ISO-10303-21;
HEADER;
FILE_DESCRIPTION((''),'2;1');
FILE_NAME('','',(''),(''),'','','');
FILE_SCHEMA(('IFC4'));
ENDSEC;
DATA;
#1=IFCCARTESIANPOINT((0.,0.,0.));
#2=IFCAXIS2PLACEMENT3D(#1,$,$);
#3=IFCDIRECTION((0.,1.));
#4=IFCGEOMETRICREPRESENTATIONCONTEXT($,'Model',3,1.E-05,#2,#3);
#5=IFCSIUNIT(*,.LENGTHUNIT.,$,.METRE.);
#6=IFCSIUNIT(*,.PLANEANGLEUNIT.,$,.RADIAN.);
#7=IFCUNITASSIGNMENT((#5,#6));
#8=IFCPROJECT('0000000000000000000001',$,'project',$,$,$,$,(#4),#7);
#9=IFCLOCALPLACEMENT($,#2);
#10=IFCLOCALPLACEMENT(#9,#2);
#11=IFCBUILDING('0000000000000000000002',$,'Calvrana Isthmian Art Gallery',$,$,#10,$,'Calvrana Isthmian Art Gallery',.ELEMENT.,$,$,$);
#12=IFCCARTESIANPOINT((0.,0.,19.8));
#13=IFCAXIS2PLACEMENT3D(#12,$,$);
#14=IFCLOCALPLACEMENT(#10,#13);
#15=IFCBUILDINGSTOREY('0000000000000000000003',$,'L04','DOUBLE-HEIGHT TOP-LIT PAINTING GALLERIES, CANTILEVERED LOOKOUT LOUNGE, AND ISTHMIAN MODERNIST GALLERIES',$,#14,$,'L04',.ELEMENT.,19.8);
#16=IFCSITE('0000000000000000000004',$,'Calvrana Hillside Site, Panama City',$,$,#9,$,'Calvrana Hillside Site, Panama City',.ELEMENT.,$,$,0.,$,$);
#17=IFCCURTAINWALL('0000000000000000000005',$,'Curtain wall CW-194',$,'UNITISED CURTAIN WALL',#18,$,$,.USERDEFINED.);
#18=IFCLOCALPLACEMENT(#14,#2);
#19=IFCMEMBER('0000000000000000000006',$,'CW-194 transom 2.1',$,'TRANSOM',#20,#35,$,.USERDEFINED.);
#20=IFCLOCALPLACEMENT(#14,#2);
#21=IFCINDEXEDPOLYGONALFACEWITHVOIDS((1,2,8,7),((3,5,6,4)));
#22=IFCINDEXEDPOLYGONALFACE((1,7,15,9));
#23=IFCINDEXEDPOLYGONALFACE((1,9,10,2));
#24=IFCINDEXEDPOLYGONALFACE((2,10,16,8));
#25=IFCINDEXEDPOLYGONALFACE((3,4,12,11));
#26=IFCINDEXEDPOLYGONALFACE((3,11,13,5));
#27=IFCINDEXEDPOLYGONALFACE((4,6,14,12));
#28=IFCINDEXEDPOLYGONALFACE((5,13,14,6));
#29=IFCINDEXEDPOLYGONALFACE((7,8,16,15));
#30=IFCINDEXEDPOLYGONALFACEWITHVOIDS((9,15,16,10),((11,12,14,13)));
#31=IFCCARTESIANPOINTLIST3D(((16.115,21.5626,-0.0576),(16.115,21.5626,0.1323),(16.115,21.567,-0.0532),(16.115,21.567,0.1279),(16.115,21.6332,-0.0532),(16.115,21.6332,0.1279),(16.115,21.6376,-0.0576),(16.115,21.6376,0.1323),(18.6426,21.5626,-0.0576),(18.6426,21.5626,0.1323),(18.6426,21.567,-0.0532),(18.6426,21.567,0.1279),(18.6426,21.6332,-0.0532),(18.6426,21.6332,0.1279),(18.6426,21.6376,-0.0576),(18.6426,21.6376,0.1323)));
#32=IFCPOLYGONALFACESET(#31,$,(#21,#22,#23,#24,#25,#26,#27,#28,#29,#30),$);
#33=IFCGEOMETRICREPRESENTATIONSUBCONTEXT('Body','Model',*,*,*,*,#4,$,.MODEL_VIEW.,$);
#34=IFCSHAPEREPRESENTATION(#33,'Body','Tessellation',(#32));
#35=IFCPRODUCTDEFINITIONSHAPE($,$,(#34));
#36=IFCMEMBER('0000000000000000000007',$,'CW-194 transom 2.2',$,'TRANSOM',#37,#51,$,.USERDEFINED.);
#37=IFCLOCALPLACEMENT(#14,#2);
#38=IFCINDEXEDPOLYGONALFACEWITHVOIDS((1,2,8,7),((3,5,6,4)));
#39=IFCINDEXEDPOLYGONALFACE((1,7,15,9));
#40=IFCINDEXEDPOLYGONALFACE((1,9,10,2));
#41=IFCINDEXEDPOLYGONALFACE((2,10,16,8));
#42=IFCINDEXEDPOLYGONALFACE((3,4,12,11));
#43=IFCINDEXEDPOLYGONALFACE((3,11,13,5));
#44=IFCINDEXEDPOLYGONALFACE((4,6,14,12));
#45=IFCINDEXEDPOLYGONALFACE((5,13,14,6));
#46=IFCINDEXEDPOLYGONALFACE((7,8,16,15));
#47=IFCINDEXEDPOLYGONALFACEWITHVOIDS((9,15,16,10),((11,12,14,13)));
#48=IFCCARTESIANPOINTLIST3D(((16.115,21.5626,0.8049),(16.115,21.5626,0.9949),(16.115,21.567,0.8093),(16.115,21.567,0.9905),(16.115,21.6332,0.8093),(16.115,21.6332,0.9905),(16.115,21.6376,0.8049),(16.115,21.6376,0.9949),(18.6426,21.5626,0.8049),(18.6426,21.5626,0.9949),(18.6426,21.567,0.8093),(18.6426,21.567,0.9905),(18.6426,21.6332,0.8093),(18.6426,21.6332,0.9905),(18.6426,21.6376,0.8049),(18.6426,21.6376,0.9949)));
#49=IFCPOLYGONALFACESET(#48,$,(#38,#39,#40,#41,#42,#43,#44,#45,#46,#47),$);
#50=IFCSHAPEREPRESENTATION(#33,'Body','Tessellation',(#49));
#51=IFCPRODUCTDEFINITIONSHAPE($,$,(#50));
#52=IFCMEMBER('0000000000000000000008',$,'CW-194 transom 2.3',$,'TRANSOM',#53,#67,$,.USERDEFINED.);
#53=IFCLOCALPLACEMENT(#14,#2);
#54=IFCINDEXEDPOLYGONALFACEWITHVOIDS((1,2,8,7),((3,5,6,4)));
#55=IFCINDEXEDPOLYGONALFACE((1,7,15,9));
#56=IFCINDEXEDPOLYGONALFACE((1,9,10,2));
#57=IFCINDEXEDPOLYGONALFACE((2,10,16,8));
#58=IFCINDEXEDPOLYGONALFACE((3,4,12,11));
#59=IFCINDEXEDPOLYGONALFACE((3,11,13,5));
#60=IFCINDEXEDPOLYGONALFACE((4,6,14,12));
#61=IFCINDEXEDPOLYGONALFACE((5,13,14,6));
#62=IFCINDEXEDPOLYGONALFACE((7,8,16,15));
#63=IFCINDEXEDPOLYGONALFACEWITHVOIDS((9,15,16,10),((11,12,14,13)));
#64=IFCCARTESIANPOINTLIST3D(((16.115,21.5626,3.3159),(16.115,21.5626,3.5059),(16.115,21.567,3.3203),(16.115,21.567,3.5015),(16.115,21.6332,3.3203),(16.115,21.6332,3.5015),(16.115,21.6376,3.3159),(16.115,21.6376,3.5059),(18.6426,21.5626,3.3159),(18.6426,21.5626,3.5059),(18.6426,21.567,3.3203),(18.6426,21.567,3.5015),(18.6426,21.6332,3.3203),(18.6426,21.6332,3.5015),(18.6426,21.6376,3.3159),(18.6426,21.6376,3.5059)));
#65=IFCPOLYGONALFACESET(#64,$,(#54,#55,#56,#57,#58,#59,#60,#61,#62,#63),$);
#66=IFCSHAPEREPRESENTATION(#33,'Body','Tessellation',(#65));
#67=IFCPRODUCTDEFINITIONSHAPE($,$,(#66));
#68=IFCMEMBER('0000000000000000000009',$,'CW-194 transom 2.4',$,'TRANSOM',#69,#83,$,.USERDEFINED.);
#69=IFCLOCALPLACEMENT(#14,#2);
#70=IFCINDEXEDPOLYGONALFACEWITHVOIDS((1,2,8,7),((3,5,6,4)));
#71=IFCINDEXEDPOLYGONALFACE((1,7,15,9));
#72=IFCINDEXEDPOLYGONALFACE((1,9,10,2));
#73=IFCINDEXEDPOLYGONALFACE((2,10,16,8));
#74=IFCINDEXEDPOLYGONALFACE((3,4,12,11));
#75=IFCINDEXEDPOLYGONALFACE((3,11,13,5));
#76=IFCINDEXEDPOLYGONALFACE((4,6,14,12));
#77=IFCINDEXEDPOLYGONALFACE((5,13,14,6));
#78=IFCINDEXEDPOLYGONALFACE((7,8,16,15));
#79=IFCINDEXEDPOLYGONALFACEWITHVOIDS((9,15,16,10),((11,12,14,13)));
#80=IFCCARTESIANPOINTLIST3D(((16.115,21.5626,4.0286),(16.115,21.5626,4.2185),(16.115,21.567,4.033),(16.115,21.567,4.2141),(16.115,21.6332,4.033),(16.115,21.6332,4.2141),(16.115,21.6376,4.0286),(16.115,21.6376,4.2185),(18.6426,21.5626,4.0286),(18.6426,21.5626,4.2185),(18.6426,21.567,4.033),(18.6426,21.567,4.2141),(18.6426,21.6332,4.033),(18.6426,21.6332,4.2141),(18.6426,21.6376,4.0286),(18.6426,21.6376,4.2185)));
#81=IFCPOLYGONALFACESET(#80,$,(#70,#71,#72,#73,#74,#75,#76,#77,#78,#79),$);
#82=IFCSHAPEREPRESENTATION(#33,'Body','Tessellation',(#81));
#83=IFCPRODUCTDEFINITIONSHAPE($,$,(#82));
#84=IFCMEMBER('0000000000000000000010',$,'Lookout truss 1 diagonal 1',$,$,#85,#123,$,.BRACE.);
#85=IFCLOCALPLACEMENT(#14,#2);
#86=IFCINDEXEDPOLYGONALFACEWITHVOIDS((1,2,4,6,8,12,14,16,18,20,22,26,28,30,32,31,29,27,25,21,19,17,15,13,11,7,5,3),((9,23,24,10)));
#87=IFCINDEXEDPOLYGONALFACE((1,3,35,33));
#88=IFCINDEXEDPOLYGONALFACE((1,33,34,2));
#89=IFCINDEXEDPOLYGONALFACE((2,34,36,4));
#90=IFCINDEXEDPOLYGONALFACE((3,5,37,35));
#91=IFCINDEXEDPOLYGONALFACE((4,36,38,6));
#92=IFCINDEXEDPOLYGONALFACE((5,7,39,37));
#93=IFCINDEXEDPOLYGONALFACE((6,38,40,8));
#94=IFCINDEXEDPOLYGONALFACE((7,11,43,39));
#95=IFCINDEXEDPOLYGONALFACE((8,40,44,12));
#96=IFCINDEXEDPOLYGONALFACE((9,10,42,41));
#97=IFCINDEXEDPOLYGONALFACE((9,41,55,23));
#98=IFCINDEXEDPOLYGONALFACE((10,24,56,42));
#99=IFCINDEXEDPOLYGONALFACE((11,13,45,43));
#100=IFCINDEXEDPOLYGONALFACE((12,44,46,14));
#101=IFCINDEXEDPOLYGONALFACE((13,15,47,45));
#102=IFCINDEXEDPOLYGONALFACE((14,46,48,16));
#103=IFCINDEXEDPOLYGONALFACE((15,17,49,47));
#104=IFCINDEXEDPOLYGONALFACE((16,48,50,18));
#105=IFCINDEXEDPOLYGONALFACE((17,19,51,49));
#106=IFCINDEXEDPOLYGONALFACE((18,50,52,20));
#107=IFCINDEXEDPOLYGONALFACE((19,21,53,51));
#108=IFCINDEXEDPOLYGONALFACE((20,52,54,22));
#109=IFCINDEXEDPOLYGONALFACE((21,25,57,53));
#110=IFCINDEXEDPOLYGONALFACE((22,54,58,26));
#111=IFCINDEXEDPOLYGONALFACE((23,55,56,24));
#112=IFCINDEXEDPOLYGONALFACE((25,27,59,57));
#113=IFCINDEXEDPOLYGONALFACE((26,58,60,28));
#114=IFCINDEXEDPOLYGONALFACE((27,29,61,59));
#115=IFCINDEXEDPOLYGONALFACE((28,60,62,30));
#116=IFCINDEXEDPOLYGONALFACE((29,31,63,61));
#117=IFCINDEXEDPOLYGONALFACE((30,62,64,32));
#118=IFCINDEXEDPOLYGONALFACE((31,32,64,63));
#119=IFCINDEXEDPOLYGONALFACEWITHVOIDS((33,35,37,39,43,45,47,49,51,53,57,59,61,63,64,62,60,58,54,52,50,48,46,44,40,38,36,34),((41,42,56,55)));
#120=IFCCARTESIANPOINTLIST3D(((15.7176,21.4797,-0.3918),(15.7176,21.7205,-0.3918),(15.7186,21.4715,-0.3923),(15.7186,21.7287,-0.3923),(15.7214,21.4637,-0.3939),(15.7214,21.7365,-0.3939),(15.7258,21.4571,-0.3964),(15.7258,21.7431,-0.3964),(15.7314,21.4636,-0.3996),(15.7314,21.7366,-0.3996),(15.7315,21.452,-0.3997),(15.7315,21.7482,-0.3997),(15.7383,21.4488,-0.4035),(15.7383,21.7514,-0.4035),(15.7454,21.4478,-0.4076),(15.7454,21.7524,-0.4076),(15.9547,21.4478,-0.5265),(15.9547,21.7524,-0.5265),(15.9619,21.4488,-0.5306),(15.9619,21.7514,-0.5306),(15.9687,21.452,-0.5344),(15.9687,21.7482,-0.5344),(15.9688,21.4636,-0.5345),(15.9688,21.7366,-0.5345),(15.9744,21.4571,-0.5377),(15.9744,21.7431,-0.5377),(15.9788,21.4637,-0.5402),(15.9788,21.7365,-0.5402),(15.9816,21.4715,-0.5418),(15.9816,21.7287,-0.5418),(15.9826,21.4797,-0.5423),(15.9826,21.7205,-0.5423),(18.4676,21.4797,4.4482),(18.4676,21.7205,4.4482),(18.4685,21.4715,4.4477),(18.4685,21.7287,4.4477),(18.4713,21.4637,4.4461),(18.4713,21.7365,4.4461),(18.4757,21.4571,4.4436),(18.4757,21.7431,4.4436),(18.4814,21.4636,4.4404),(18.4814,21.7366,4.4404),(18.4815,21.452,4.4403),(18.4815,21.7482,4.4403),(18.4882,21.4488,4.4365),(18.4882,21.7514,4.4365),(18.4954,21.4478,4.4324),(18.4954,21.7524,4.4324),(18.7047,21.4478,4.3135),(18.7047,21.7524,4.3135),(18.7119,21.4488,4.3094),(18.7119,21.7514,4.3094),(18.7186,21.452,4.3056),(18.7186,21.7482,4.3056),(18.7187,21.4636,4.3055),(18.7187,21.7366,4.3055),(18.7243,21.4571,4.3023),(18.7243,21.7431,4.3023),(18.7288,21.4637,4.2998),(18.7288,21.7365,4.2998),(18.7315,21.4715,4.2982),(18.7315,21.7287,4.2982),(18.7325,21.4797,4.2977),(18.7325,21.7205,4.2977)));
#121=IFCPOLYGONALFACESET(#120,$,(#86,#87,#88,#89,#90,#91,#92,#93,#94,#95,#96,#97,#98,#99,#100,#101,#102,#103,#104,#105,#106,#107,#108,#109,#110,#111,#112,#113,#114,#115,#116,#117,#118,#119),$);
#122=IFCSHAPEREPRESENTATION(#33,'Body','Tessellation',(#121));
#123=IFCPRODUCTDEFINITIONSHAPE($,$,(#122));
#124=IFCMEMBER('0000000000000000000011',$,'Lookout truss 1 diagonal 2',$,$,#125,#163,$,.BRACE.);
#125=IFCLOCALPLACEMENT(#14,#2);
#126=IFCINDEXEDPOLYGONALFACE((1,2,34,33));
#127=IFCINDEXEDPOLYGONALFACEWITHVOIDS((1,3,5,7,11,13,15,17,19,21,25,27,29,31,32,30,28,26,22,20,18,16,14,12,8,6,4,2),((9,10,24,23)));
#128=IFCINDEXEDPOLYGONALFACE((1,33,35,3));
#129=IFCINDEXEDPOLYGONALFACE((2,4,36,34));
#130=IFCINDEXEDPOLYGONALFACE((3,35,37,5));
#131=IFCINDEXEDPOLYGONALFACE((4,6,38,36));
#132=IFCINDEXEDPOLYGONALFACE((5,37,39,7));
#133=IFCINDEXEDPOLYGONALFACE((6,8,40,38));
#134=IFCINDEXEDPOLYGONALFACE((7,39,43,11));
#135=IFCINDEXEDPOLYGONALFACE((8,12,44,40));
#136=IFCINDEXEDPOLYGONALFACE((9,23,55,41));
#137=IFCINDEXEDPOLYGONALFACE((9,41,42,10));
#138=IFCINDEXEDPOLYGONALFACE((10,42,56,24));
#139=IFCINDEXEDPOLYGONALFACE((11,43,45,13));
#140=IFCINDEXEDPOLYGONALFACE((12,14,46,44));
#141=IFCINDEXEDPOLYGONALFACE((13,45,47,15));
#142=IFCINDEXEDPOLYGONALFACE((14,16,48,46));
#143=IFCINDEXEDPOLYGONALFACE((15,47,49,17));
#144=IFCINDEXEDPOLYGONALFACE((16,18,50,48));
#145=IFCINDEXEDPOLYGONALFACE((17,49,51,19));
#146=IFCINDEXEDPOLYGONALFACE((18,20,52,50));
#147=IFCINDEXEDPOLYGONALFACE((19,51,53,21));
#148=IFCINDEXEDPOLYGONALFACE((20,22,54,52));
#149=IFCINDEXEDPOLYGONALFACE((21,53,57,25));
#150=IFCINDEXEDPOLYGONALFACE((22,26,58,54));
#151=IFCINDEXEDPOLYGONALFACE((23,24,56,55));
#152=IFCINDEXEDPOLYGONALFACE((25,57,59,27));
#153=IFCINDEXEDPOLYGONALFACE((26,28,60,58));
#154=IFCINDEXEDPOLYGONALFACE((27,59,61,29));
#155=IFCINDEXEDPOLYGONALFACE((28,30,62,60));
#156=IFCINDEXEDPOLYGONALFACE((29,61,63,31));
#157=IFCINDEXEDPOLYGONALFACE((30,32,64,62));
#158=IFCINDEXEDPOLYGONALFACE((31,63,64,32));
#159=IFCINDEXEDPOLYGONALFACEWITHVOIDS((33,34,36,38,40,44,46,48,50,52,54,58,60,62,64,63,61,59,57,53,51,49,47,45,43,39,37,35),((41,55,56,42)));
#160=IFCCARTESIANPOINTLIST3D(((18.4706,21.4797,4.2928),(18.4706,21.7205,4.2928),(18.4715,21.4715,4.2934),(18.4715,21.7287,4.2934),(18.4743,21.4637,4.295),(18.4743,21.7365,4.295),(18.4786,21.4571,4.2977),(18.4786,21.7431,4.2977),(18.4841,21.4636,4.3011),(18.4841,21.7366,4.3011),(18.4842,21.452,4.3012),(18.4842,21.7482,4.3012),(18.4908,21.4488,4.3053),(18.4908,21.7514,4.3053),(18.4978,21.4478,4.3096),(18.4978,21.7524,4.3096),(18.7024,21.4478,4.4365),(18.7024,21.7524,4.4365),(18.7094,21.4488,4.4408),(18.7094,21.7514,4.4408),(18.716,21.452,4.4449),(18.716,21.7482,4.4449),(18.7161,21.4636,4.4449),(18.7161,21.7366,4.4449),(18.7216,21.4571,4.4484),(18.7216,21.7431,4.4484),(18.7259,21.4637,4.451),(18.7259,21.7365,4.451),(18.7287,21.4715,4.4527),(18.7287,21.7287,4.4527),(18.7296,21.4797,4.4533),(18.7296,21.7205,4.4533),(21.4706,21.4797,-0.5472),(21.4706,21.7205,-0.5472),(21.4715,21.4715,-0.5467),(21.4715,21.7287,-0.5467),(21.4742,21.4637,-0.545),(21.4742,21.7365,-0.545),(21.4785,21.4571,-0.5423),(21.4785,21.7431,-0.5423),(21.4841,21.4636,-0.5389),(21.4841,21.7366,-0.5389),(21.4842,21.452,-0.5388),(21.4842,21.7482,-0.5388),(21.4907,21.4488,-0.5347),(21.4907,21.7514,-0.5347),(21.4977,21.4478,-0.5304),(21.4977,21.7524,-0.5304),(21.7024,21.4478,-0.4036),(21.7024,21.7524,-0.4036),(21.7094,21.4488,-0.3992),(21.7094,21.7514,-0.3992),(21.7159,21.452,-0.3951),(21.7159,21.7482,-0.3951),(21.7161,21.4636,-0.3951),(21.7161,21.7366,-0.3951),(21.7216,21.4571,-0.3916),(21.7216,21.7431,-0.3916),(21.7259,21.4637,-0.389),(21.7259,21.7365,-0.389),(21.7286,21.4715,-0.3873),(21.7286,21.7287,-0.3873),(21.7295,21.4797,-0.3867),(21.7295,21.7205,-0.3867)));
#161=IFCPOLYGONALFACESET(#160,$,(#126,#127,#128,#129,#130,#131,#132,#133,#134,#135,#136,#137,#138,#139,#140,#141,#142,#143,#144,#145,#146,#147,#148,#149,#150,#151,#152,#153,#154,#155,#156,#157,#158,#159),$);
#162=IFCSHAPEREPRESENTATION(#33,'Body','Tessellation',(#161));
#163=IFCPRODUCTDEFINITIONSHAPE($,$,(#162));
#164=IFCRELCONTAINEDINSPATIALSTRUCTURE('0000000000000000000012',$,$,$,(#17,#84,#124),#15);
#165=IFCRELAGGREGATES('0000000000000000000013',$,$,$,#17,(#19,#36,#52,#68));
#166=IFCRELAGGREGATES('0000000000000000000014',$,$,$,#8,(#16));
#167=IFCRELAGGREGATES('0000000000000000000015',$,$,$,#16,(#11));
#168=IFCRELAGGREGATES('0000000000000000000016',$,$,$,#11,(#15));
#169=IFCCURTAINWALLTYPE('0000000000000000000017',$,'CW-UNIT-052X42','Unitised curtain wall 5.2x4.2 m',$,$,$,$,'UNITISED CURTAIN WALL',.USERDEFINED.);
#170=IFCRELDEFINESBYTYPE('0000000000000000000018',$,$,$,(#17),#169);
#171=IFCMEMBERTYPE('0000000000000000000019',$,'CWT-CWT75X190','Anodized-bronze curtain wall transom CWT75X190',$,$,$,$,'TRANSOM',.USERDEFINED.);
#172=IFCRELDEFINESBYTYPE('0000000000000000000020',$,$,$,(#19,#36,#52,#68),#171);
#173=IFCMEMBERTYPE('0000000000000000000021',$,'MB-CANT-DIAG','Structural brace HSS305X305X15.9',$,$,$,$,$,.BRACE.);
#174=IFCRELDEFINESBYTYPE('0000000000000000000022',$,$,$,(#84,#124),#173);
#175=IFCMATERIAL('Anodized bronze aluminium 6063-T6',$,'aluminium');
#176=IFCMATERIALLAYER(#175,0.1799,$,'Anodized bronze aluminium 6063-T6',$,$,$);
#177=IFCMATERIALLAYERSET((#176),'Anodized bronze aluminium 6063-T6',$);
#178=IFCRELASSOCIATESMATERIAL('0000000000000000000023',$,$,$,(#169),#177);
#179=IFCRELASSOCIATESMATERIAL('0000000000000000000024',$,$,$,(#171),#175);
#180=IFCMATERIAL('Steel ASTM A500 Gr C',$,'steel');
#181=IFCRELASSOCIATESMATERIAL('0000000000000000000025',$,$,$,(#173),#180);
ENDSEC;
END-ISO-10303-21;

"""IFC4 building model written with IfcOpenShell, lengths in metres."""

from ifc_helpers import new_model, si_unit, direction, frame, origin, origin_2d, place, context, subcontext, project, spatial, hollow_rectangle, extrude, material, layer, layer_set, material_profile, profile_set, type_object, element, aggregate, save


model = new_model("IFC4")

# Units and contexts
model_context = context("Model", 3, precision=1e-05, world=origin(), true_north=direction((0.0, 1.0)))
body_context = subcontext(model_context, "Body", "Model", "MODEL_VIEW")
ifc_project = project(units=[si_unit("LENGTHUNIT", "METRE"), si_unit("PLANEANGLEUNIT", "RADIAN")], contexts=[model_context])

# Site, building, storey
site_placement = place(None, origin())
site = spatial("IfcSite", under=ifc_project, at=site_placement, Name="Calvrana Hillside Site, Panama City", LongName="Calvrana Hillside Site, Panama City", CompositionType="ELEMENT", RefElevation=0.0)
building_placement = place(site_placement, origin())
building = spatial("IfcBuilding", under=site, at=building_placement, Name="Calvrana Isthmian Art Gallery", LongName="Calvrana Isthmian Art Gallery", CompositionType="ELEMENT")
storey_placement = place(building_placement, frame((0.0, 0.0, 19.8)))
storey = spatial("IfcBuildingStorey", under=building, at=storey_placement, Name="L04", Description="DOUBLE-HEIGHT TOP-LIT PAINTING GALLERIES, CANTILEVERED LOOKOUT LOUNGE, AND ISTHMIAN MODERNIST GALLERIES", LongName="L04", CompositionType="ELEMENT", Elevation=19.8)

# Curtain wall, members
ifc_material_1 = material(Name="Anodized bronze aluminium 6063-T6", Category="aluminium")
ifc_layer_1 = layer(ifc_material_1, 0.1799, Name="Anodized bronze aluminium 6063-T6")
ifc_layer_set_1 = layer_set([ifc_layer_1], Name="Anodized bronze aluminium 6063-T6")
curtain_wall_type = type_object("IfcCurtainWallType", Name="CW-UNIT-052X42", Description="Unitised curtain wall 5.2x4.2 m", ElementType="UNITISED CURTAIN WALL", PredefinedType="USERDEFINED", material=ifc_layer_set_1)
curtain_wall_placement = place(storey_placement, origin())
curtain_wall = element("IfcCurtainWall", 1, at=curtain_wall_placement, inside=storey, type_object=curtain_wall_type, Name="Curtain wall CW-194", ObjectType="UNITISED CURTAIN WALL", PredefinedType="USERDEFINED")
ifc_material_profile_1 = material_profile(ifc_material_1, hollow_rectangle(XDim=0.075, YDim=0.1899, WallThickness=0.0044, at=origin_2d()), Name="CWT75X190")
ifc_profile_set_1 = profile_set([ifc_material_profile_1], Name="Anodized bronze aluminium 6063-T6")
member_type_1 = type_object("IfcMemberType", Name="CWT-CWT75X190", Description="Anodized-bronze curtain wall transom CWT75X190", ElementType="TRANSOM", PredefinedType="USERDEFINED", material=ifc_profile_set_1)
member_1_placement = place(storey_placement, frame((18.6426, 21.6001, 0.0374), z_axis=(-1.0, 0.0, 0.0), x_axis=(0.0, -1.0, 0.0)))
member_1 = element("IfcMember", 2, at=member_1_placement, type_object=member_type_1, Name="CW-194 transom 2.1", ObjectType="TRANSOM", PredefinedType="USERDEFINED", context=body_context, shape_type="SweptSolid", body=[
    extrude(hollow_rectangle(XDim=0.075, YDim=0.1899, WallThickness=0.0044, at=origin_2d()), origin(), (0.0, 0.0, 1.0), 2.5276),
])
member_2_placement = place(storey_placement, frame((18.6426, 21.6001, 0.8999), z_axis=(-1.0, 0.0, 0.0), x_axis=(0.0, -1.0, 0.0)))
member_2 = element("IfcMember", 3, at=member_2_placement, type_object=member_type_1, Name="CW-194 transom 2.2", ObjectType="TRANSOM", PredefinedType="USERDEFINED", context=body_context, shape_type="SweptSolid", body=[
    extrude(hollow_rectangle(XDim=0.075, YDim=0.1899, WallThickness=0.0044, at=origin_2d()), origin(), (0.0, 0.0, 1.0), 2.5276),
])
member_3_placement = place(storey_placement, frame((18.6426, 21.6001, 3.4109), z_axis=(-1.0, 0.0, 0.0), x_axis=(0.0, -1.0, 0.0)))
member_3 = element("IfcMember", 4, at=member_3_placement, type_object=member_type_1, Name="CW-194 transom 2.3", ObjectType="TRANSOM", PredefinedType="USERDEFINED", context=body_context, shape_type="SweptSolid", body=[
    extrude(hollow_rectangle(XDim=0.075, YDim=0.1899, WallThickness=0.0044, at=origin_2d()), origin(), (0.0, 0.0, 1.0), 2.5276),
])
member_4_placement = place(storey_placement, frame((18.6426, 21.6001, 4.1235), z_axis=(-1.0, 0.0, 0.0), x_axis=(0.0, -1.0, 0.0)))
member_4 = element("IfcMember", 5, at=member_4_placement, type_object=member_type_1, Name="CW-194 transom 2.4", ObjectType="TRANSOM", PredefinedType="USERDEFINED", context=body_context, shape_type="SweptSolid", body=[
    extrude(hollow_rectangle(XDim=0.075, YDim=0.1899, WallThickness=0.0044, at=origin_2d()), origin(), (0.0, 0.0, 1.0), 2.5276),
])

# Members
ifc_material_2 = material(Name="Steel ASTM A500 Gr C", Category="steel")
ifc_material_profile_2 = material_profile(ifc_material_2, hollow_rectangle(XDim=0.3047, YDim=0.3047, WallThickness=0.0159, OuterFilletRadius=0.032, at=origin_2d()), Name="HSS305X305X15.9")
ifc_profile_set_2 = profile_set([ifc_material_profile_2], Name="Steel ASTM A500 Gr C")
member_type_2 = type_object("IfcMemberType", Name="MB-CANT-DIAG", Description="Structural brace HSS305X305X15.9", PredefinedType="BRACE", material=ifc_profile_set_2)
member_5_placement = place(storey_placement, frame((15.8501, 21.6001, -0.467), z_axis=(0.494003, 0.0, 0.86946), x_axis=(0.0, 1.0, 0.0)))
element("IfcMember", 6, at=member_5_placement, inside=storey, type_object=member_type_2, Name="Lookout truss 1 diagonal 1", PredefinedType="BRACE", context=body_context, shape_type="SweptSolid", body=[
    extrude(hollow_rectangle(XDim=0.3047, YDim=0.3047, WallThickness=0.0159, OuterFilletRadius=0.032, at=origin_2d()), origin(), (0.0, 0.0, 1.0), 5.5667),
])
member_6_placement = place(storey_placement, frame((18.6001, 21.6001, 4.373), z_axis=(0.526831, 0.0, -0.84997), x_axis=(0.0, 1.0, 0.0)))
element("IfcMember", 7, at=member_6_placement, inside=storey, type_object=member_type_2, Name="Lookout truss 1 diagonal 2", PredefinedType="BRACE", context=body_context, shape_type="SweptSolid", body=[
    extrude(hollow_rectangle(XDim=0.3047, YDim=0.3047, WallThickness=0.0159, OuterFilletRadius=0.032, at=origin_2d()), origin(), (0.0, 0.0, 1.0), 5.6943),
])

aggregate(curtain_wall, [member_1, member_2, member_3, member_4])

save(model, "model.ifc")
